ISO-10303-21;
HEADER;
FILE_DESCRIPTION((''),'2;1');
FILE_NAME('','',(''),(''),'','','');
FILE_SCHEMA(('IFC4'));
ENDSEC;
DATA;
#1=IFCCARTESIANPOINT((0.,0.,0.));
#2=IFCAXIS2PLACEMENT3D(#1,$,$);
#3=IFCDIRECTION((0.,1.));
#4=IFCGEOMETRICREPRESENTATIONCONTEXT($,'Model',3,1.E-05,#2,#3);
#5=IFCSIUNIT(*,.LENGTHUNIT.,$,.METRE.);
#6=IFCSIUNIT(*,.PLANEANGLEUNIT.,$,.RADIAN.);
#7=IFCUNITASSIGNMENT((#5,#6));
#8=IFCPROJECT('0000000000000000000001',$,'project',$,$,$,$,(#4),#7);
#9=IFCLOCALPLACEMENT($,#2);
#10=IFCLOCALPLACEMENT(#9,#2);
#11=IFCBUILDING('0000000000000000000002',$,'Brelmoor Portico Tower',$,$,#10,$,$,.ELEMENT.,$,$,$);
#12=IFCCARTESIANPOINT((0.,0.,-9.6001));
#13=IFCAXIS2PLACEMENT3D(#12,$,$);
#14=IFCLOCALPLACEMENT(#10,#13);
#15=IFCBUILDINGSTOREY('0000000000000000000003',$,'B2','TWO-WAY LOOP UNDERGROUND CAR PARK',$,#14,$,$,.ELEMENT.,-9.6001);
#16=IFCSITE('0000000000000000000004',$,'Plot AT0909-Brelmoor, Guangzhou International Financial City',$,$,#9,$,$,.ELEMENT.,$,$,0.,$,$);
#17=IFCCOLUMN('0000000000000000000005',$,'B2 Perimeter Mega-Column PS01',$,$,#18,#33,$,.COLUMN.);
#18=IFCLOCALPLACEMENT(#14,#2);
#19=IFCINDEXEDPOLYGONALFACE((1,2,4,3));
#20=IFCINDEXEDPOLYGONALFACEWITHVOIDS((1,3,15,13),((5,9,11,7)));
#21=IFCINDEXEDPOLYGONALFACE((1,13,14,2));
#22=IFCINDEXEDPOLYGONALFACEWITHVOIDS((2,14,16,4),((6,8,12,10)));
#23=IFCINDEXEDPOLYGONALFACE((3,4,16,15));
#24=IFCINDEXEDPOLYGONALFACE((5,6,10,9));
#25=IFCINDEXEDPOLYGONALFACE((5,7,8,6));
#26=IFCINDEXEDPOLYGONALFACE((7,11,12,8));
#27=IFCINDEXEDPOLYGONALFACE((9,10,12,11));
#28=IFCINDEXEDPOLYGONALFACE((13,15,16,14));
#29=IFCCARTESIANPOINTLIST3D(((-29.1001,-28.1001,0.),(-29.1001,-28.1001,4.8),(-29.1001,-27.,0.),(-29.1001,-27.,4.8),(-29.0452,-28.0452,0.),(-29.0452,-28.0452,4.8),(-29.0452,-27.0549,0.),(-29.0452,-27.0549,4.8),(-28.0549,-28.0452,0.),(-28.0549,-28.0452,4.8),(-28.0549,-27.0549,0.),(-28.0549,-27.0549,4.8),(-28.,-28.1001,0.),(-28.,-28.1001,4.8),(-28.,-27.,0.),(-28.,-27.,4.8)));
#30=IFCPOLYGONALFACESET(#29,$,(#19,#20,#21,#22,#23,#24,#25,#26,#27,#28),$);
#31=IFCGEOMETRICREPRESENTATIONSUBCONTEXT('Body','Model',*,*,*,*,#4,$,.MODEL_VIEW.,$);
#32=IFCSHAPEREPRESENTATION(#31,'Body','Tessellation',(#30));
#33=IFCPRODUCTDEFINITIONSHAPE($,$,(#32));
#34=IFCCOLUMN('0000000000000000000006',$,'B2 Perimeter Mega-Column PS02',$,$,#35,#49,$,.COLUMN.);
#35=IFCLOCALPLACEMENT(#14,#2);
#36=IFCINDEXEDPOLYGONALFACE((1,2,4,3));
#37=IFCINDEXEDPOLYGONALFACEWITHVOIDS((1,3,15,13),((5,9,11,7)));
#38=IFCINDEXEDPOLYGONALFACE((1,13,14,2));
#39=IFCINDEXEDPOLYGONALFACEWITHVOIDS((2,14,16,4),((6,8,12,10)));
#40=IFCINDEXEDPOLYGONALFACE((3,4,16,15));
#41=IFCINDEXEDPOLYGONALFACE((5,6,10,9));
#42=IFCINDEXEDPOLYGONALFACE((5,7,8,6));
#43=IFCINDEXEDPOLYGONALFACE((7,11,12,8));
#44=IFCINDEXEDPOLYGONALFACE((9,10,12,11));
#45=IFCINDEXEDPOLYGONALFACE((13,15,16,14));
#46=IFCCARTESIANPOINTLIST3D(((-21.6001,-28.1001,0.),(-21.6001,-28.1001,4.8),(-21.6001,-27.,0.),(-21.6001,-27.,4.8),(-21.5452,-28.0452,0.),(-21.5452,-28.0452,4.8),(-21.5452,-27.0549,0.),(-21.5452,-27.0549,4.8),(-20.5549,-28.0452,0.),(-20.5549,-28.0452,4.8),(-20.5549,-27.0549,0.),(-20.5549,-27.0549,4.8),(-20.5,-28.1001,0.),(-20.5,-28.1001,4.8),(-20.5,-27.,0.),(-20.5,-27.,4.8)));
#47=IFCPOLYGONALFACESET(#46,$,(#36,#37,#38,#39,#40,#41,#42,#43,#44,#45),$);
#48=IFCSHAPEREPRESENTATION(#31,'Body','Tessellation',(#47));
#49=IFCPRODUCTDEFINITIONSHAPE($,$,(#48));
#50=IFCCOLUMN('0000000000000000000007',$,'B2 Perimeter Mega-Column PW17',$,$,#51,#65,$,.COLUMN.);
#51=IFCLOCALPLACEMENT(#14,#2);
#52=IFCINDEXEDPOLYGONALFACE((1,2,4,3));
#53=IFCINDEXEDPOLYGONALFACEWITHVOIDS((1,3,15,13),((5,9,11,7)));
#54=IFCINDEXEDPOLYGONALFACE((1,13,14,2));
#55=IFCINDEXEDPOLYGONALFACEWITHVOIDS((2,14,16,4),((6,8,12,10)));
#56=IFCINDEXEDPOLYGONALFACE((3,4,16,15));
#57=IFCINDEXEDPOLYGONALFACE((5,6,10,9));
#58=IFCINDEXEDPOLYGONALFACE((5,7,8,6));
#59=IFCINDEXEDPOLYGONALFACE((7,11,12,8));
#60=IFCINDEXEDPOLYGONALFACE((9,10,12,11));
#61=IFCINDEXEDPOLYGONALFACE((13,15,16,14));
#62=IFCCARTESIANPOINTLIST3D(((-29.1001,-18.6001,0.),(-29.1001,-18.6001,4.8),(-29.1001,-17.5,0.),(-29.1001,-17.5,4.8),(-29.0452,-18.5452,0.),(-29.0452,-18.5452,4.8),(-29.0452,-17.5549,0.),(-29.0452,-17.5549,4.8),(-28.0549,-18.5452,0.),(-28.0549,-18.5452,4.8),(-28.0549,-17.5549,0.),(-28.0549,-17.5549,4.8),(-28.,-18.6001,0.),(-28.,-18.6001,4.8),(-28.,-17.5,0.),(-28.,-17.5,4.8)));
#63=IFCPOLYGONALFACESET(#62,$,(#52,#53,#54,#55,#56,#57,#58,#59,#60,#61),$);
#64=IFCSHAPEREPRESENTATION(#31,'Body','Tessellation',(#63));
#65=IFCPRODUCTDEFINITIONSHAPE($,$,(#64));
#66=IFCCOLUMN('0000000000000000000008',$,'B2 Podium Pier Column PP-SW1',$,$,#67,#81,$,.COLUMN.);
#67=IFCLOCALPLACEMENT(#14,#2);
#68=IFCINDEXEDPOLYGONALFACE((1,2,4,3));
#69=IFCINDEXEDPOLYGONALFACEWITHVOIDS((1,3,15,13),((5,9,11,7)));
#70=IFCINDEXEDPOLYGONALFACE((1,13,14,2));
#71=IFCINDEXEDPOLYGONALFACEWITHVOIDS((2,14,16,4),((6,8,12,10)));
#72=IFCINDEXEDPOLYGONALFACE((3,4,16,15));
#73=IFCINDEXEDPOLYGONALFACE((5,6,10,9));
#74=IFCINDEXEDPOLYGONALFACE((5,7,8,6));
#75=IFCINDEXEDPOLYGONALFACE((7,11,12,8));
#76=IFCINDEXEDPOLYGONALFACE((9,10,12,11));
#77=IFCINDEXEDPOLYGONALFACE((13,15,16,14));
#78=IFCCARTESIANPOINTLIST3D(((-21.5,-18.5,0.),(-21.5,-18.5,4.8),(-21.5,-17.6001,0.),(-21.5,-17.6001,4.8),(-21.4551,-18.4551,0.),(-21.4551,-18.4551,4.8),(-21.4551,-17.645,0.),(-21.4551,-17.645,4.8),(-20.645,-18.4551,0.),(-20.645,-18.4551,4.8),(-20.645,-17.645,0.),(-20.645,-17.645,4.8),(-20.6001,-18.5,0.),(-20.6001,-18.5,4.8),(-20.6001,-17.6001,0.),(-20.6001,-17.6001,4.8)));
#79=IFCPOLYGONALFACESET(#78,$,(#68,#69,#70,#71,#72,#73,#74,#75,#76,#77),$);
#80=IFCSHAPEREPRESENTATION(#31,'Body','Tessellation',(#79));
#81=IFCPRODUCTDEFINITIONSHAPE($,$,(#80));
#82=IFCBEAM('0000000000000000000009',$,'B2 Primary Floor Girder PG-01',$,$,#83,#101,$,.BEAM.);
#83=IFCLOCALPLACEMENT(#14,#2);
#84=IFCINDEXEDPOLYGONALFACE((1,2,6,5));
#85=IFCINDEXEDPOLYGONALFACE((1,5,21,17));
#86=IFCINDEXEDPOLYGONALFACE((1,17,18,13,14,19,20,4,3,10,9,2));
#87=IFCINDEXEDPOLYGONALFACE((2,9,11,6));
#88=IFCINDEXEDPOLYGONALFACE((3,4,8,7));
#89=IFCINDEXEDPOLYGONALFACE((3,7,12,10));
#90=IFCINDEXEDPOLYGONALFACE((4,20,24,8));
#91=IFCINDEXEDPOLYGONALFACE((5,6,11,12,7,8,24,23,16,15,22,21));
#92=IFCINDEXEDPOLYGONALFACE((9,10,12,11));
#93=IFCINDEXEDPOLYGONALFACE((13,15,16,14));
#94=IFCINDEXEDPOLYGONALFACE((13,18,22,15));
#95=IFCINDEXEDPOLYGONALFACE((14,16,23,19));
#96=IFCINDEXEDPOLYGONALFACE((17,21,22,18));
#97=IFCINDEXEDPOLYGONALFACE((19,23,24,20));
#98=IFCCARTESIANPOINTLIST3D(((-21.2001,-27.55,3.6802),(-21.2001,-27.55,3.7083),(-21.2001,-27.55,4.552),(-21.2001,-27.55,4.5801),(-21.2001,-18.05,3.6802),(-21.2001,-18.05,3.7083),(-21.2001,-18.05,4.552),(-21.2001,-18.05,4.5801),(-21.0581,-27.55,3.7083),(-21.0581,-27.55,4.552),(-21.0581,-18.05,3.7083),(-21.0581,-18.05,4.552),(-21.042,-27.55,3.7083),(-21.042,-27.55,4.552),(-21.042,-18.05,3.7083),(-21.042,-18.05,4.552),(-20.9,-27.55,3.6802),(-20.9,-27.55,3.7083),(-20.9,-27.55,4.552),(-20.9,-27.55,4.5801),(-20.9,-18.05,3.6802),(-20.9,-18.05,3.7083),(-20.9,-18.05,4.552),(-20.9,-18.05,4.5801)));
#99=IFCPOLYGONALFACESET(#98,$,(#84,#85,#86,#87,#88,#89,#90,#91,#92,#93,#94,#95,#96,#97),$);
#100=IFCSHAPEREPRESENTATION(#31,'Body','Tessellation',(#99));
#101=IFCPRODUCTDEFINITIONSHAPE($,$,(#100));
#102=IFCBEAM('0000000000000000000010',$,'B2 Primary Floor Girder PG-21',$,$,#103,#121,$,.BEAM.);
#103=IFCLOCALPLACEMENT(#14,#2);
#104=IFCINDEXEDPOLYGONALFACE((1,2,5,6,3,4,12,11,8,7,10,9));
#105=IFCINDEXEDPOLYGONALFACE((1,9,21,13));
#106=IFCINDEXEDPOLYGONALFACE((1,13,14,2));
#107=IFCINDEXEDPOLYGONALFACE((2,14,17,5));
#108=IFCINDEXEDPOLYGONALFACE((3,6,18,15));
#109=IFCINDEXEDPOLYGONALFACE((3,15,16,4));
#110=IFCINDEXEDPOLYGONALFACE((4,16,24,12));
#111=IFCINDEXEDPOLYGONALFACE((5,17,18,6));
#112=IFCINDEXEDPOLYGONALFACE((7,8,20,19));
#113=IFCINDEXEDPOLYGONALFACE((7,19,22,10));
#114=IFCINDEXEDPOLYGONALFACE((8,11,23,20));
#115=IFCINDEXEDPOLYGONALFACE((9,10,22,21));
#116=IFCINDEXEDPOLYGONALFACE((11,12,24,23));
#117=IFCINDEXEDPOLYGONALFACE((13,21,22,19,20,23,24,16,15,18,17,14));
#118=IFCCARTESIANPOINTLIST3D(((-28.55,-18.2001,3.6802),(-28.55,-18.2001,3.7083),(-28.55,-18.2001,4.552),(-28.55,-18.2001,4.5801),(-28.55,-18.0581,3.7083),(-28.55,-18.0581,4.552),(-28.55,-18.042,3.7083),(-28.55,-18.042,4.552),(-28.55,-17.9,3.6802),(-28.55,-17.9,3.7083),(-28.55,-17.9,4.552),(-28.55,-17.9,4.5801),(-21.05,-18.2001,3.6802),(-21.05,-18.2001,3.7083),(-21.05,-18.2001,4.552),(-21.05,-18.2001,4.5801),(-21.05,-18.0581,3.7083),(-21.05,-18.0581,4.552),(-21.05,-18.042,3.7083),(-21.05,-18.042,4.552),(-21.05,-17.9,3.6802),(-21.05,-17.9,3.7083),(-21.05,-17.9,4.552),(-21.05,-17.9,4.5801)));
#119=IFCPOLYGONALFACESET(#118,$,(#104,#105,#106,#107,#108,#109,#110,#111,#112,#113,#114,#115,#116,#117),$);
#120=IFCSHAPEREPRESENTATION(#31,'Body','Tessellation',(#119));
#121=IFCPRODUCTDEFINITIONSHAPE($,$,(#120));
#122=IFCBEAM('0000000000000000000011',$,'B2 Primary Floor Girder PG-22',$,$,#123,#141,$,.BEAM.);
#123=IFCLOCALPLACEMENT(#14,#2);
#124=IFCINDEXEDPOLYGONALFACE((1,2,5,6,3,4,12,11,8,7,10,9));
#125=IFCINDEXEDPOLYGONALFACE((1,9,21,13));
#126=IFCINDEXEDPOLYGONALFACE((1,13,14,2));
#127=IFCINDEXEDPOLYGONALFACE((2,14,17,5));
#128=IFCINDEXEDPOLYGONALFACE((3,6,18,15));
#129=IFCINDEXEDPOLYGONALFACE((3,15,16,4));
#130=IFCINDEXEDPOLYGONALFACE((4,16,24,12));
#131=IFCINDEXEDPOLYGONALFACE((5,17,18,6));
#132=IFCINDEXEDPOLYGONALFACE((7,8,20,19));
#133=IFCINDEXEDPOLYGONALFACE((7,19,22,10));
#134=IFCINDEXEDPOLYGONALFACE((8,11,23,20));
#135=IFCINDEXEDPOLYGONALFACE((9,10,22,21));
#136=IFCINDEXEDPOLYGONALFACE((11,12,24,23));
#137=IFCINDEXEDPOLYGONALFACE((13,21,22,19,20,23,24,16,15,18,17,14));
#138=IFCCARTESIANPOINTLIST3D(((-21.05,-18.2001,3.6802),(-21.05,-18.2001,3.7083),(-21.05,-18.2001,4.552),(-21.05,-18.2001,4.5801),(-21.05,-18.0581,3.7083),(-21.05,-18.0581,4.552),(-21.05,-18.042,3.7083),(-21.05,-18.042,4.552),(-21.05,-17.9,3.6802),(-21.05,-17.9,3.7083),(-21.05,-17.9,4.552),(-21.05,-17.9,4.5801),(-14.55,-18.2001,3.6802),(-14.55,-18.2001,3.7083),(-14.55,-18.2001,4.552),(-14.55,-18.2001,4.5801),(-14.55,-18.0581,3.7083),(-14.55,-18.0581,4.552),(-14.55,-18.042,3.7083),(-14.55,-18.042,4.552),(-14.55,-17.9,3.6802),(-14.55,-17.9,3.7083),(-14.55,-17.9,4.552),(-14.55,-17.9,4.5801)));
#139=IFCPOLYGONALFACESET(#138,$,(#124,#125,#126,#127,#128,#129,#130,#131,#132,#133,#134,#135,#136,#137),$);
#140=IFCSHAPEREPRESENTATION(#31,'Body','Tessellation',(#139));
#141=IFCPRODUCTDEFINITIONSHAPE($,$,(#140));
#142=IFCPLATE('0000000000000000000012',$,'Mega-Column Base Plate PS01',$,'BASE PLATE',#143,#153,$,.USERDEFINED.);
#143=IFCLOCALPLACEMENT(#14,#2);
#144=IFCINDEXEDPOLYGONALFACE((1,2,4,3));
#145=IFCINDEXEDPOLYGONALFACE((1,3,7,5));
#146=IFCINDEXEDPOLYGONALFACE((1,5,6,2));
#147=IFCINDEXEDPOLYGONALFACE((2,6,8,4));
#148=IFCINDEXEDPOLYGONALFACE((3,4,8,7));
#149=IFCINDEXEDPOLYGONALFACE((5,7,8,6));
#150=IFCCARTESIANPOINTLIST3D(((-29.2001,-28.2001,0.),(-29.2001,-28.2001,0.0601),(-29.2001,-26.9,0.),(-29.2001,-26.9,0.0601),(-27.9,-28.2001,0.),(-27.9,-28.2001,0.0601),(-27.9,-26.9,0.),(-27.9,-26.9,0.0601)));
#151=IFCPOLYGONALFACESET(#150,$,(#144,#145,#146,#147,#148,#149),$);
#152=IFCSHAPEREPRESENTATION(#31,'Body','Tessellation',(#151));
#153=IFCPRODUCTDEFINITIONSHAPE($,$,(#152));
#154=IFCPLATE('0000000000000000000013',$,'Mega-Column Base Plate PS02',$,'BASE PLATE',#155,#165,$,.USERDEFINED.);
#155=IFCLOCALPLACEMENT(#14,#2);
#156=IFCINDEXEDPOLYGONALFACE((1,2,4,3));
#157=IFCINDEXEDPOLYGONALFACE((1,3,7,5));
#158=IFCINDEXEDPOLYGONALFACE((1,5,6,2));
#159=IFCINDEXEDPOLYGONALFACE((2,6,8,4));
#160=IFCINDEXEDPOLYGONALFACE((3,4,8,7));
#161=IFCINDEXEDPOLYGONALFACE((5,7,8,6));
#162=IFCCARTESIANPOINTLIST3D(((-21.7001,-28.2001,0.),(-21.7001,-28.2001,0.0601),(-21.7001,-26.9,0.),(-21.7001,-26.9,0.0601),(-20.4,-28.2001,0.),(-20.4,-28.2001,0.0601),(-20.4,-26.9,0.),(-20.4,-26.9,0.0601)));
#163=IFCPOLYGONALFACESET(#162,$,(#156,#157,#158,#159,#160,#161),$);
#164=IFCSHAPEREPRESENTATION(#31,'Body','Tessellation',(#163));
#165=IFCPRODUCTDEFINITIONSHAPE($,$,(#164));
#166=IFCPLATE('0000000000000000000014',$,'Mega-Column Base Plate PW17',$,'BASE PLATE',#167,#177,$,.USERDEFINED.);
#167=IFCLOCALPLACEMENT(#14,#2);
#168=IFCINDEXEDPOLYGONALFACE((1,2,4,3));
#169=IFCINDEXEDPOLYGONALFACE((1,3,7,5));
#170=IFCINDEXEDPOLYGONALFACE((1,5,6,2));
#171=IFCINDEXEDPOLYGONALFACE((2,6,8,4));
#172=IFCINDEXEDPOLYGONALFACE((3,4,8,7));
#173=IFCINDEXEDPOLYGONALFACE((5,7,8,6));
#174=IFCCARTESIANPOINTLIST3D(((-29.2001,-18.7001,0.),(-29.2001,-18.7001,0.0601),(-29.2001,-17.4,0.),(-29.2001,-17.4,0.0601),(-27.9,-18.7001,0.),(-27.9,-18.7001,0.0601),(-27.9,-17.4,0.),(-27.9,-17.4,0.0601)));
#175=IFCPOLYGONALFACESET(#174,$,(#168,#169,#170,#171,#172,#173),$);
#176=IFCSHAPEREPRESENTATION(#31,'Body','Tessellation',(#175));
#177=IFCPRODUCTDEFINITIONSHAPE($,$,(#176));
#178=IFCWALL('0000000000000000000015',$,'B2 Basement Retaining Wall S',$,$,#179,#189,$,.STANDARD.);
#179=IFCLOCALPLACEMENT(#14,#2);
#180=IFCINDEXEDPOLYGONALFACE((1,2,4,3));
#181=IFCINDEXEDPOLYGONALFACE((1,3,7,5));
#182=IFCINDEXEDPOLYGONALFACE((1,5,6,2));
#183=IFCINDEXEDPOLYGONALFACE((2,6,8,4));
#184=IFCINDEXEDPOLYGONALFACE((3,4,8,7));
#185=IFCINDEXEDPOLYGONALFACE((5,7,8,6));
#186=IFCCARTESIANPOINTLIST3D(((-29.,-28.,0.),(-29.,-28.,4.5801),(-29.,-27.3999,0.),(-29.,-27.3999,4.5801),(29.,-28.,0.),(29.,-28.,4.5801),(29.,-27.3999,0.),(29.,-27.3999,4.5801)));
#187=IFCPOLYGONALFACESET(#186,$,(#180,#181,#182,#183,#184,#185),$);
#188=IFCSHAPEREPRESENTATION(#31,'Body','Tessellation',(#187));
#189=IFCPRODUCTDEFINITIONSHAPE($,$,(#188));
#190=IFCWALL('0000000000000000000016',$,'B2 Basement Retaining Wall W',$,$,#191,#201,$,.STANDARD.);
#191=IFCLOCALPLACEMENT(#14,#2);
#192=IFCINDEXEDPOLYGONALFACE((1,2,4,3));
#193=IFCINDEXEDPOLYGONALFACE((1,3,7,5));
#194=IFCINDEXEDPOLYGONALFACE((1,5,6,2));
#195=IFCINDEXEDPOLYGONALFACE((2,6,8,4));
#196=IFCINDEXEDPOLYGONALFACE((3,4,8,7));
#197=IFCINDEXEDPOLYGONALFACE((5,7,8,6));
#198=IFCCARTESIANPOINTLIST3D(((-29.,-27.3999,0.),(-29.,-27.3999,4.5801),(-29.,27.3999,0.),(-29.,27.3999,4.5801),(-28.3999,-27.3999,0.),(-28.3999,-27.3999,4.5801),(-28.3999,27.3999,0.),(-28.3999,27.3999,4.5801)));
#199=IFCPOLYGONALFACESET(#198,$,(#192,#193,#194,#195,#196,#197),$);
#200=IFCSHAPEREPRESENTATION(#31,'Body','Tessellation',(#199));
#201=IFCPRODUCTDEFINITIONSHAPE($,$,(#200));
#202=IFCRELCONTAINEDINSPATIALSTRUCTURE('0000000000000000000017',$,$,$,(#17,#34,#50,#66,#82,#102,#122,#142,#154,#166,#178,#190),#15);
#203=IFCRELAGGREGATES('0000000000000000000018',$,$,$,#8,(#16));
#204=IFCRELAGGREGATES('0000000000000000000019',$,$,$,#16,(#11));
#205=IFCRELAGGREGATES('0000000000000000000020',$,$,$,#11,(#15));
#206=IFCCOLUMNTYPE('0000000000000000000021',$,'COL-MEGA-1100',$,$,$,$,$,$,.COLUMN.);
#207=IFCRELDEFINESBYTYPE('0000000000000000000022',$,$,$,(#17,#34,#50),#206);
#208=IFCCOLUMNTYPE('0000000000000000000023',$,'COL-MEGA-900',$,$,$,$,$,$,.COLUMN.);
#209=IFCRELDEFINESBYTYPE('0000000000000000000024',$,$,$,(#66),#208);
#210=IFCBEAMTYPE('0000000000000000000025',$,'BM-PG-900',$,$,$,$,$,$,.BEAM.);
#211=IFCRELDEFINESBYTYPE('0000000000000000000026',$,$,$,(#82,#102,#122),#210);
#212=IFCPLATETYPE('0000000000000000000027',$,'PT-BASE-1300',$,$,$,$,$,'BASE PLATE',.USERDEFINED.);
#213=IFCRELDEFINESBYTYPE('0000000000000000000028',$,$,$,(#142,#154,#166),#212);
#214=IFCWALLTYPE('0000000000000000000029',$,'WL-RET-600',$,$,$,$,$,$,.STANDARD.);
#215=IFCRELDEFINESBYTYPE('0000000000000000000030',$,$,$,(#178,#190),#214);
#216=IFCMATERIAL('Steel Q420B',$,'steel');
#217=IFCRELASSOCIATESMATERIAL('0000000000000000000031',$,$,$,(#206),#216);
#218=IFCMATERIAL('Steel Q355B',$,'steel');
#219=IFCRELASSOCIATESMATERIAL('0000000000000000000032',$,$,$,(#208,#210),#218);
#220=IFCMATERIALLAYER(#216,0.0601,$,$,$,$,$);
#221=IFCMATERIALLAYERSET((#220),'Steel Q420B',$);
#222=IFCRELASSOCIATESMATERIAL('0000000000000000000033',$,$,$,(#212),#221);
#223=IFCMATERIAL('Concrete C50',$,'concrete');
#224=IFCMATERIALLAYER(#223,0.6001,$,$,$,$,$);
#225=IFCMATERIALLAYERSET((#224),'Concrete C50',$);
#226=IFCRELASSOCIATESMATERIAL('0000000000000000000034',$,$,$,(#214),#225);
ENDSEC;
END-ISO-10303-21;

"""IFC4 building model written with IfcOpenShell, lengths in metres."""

from ifc_helpers import new_model, si_unit, direction, frame, frame_2d, origin, origin_2d, place, context, subcontext, project, spatial, rectangle, hollow_rectangle, i_section, extrude, material, layer, layer_set, material_profile, profile_set, type_object, element, save


model = new_model("IFC4")

# Units and contexts
model_context = context("Model", 3, precision=1e-05, world=origin(), true_north=direction((0.0, 1.0)))
body_context = subcontext(model_context, "Body", "Model", "MODEL_VIEW")
ifc_project = project(units=[si_unit("LENGTHUNIT", "METRE"), si_unit("PLANEANGLEUNIT", "RADIAN")], contexts=[model_context])

# Site, building, storey
site_placement = place(None, origin())
site = spatial("IfcSite", under=ifc_project, at=site_placement, Name="Plot AT0909-Brelmoor, Guangzhou International Financial City", CompositionType="ELEMENT", RefElevation=0.0)
building_placement = place(site_placement, origin())
building = spatial("IfcBuilding", under=site, at=building_placement, Name="Brelmoor Portico Tower", CompositionType="ELEMENT")
storey_placement = place(building_placement, frame((0.0, 0.0, -9.6001)))
storey = spatial("IfcBuildingStorey", under=building, at=storey_placement, Name="B2", Description="TWO-WAY LOOP UNDERGROUND CAR PARK", CompositionType="ELEMENT", Elevation=-9.6001)

# Shared definitions
ifc_material_1 = material(Name="Concrete C50", Category="concrete")

# Columns
ifc_material_2 = material(Name="Steel Q420B", Category="steel")
ifc_material_profile_1 = material_profile(ifc_material_2, hollow_rectangle(XDim=1.1001, YDim=1.1001, WallThickness=0.0549, at=origin_2d()), Name="BOX 1100x1100x55")
ifc_profile_set_1 = profile_set([ifc_material_profile_1], Name="Steel Q420B")
column_type_1 = type_object("IfcColumnType", Name="COL-MEGA-1100", PredefinedType="COLUMN", material=ifc_profile_set_1)
for number, where, z_axis, x_axis, name in (
    (1, (-28.55, -27.55, 0.0), (0.0, 0.0, 1.0), (1.0, 0.0, 0.0), "B2 Perimeter Mega-Column PS01"),
    (2, (-21.05, -27.55, 0.0), (0.0, 0.0, 1.0), (1.0, 0.0, 0.0), "B2 Perimeter Mega-Column PS02"),
    (3, (-28.55, -18.05, 0.0), (0.0, 0.0, 1.0), (0.0, 1.0, 0.0), "B2 Perimeter Mega-Column PW17"),
):
    element("IfcColumn", number, at=place(storey_placement, frame(where, z_axis=z_axis, x_axis=x_axis)), inside=storey, type_object=column_type_1, Name=name, PredefinedType="COLUMN", context=body_context, shape_type="SweptSolid", body=[
        extrude(hollow_rectangle(XDim=1.1001, YDim=1.1001, WallThickness=0.0549, at=origin_2d()), origin(), (0.0, 0.0, 1.0), 4.8),
    ])
ifc_material_3 = material(Name="Steel Q355B", Category="steel")
ifc_material_profile_2 = material_profile(ifc_material_3, hollow_rectangle(XDim=0.8999, YDim=0.8999, WallThickness=0.0449, at=origin_2d()), Name="BOX 900x900x45")
ifc_profile_set_2 = profile_set([ifc_material_profile_2], Name="Steel Q355B")
column_type_2 = type_object("IfcColumnType", Name="COL-MEGA-900", PredefinedType="COLUMN", material=ifc_profile_set_2)
column_placement = place(storey_placement, frame((-21.05, -18.05, 0.0), z_axis=(0.0, 0.0, 1.0), x_axis=(1.0, 0.0, 0.0)))
element("IfcColumn", 4, at=column_placement, inside=storey, type_object=column_type_2, Name="B2 Podium Pier Column PP-SW1", PredefinedType="COLUMN", context=body_context, shape_type="SweptSolid", body=[
    extrude(hollow_rectangle(XDim=0.8999, YDim=0.8999, WallThickness=0.0449, at=origin_2d()), origin(), (0.0, 0.0, 1.0), 4.8),
])

# Beams
ifc_material_profile_3 = material_profile(ifc_material_3, i_section(OverallWidth=0.3, OverallDepth=0.8999, WebThickness=0.0161, FlangeThickness=0.0281, at=origin_2d()), Name="HN 900x300x16x28")
ifc_profile_set_3 = profile_set([ifc_material_profile_3], Name="Steel Q355B")
beam_type = type_object("IfcBeamType", Name="BM-PG-900", PredefinedType="BEAM", material=ifc_profile_set_3)
beam_1_placement = place(storey_placement, frame((-21.05, -27.55, 4.1301), z_axis=(0.0, 1.0, 0.0), x_axis=(-1.0, 0.0, 0.0)))
element("IfcBeam", 5, at=beam_1_placement, inside=storey, type_object=beam_type, Name="B2 Primary Floor Girder PG-01", PredefinedType="BEAM", context=body_context, shape_type="SweptSolid", body=[
    extrude(i_section(OverallWidth=0.3, OverallDepth=0.8999, WebThickness=0.0161, FlangeThickness=0.0281, at=origin_2d()), origin(), (0.0, 0.0, 1.0), 9.5),
])
beam_2_placement = place(storey_placement, frame((-28.55, -18.05, 4.1301), z_axis=(1.0, 0.0, 0.0), x_axis=(0.0, 1.0, 0.0)))
element("IfcBeam", 6, at=beam_2_placement, inside=storey, type_object=beam_type, Name="B2 Primary Floor Girder PG-21", PredefinedType="BEAM", context=body_context, shape_type="SweptSolid", body=[
    extrude(i_section(OverallWidth=0.3, OverallDepth=0.8999, WebThickness=0.0161, FlangeThickness=0.0281, at=origin_2d()), origin(), (0.0, 0.0, 1.0), 7.5),
])
beam_3_placement = place(storey_placement, frame((-21.05, -18.05, 4.1301), z_axis=(1.0, 0.0, 0.0), x_axis=(0.0, 1.0, 0.0)))
element("IfcBeam", 7, at=beam_3_placement, inside=storey, type_object=beam_type, Name="B2 Primary Floor Girder PG-22", PredefinedType="BEAM", context=body_context, shape_type="SweptSolid", body=[
    extrude(i_section(OverallWidth=0.3, OverallDepth=0.8999, WebThickness=0.0161, FlangeThickness=0.0281, at=origin_2d()), origin(), (0.0, 0.0, 1.0), 6.5),
])

# Plates
ifc_layer_1 = layer(ifc_material_2, 0.0601)
ifc_layer_set_1 = layer_set([ifc_layer_1], Name="Steel Q420B")
plate_type = type_object("IfcPlateType", Name="PT-BASE-1300", ElementType="BASE PLATE", PredefinedType="USERDEFINED", material=ifc_layer_set_1)
for number, where, z_axis, x_axis, name in (
    (8, (-28.55, -27.55, 0.0), (0.0, 0.0, 1.0), (1.0, 0.0, 0.0), "Mega-Column Base Plate PS01"),
    (9, (-21.05, -27.55, 0.0), (0.0, 0.0, 1.0), (1.0, 0.0, 0.0), "Mega-Column Base Plate PS02"),
    (10, (-28.55, -18.05, 0.0), (0.0, 0.0, 1.0), (1.0, 0.0, 0.0), "Mega-Column Base Plate PW17"),
):
    element("IfcPlate", number, at=place(storey_placement, frame(where, z_axis=z_axis, x_axis=x_axis)), inside=storey, type_object=plate_type, Name=name, ObjectType="BASE PLATE", PredefinedType="USERDEFINED", context=body_context, shape_type="SweptSolid", body=[
        extrude(rectangle(XDim=1.3, YDim=1.3, at=origin_2d()), origin(), (0.0, 0.0, 1.0), 0.0601),
    ])

# Walls
ifc_layer_2 = layer(ifc_material_1, 0.6001)
ifc_layer_set_2 = layer_set([ifc_layer_2], Name="Concrete C50")
wall_type = type_object("IfcWallType", Name="WL-RET-600", PredefinedType="STANDARD", material=ifc_layer_set_2)
wall_1_placement = place(storey_placement, frame((-29.0, -27.7, 0.0), z_axis=(0.0, 0.0, 1.0), x_axis=(1.0, 0.0, 0.0)))
element("IfcWall", 11, at=wall_1_placement, inside=storey, type_object=wall_type, Name="B2 Basement Retaining Wall S", PredefinedType="STANDARD", context=body_context, shape_type="SweptSolid", body=[
    extrude(rectangle(XDim=58.0, YDim=0.6001, at=frame_2d((29.0, 0.0))), origin(), (0.0, 0.0, 1.0), 4.5801),
])
wall_2_placement = place(storey_placement, frame((-28.7, -27.3999, 0.0), z_axis=(0.0, 0.0, 1.0), x_axis=(0.0, 1.0, 0.0)))
element("IfcWall", 12, at=wall_2_placement, inside=storey, type_object=wall_type, Name="B2 Basement Retaining Wall W", PredefinedType="STANDARD", context=body_context, shape_type="SweptSolid", body=[
    extrude(rectangle(XDim=54.7998, YDim=0.6001, at=frame_2d((27.3999, 0.0))), origin(), (0.0, 0.0, 1.0), 4.5801),
])

save(model, "model.ifc")
